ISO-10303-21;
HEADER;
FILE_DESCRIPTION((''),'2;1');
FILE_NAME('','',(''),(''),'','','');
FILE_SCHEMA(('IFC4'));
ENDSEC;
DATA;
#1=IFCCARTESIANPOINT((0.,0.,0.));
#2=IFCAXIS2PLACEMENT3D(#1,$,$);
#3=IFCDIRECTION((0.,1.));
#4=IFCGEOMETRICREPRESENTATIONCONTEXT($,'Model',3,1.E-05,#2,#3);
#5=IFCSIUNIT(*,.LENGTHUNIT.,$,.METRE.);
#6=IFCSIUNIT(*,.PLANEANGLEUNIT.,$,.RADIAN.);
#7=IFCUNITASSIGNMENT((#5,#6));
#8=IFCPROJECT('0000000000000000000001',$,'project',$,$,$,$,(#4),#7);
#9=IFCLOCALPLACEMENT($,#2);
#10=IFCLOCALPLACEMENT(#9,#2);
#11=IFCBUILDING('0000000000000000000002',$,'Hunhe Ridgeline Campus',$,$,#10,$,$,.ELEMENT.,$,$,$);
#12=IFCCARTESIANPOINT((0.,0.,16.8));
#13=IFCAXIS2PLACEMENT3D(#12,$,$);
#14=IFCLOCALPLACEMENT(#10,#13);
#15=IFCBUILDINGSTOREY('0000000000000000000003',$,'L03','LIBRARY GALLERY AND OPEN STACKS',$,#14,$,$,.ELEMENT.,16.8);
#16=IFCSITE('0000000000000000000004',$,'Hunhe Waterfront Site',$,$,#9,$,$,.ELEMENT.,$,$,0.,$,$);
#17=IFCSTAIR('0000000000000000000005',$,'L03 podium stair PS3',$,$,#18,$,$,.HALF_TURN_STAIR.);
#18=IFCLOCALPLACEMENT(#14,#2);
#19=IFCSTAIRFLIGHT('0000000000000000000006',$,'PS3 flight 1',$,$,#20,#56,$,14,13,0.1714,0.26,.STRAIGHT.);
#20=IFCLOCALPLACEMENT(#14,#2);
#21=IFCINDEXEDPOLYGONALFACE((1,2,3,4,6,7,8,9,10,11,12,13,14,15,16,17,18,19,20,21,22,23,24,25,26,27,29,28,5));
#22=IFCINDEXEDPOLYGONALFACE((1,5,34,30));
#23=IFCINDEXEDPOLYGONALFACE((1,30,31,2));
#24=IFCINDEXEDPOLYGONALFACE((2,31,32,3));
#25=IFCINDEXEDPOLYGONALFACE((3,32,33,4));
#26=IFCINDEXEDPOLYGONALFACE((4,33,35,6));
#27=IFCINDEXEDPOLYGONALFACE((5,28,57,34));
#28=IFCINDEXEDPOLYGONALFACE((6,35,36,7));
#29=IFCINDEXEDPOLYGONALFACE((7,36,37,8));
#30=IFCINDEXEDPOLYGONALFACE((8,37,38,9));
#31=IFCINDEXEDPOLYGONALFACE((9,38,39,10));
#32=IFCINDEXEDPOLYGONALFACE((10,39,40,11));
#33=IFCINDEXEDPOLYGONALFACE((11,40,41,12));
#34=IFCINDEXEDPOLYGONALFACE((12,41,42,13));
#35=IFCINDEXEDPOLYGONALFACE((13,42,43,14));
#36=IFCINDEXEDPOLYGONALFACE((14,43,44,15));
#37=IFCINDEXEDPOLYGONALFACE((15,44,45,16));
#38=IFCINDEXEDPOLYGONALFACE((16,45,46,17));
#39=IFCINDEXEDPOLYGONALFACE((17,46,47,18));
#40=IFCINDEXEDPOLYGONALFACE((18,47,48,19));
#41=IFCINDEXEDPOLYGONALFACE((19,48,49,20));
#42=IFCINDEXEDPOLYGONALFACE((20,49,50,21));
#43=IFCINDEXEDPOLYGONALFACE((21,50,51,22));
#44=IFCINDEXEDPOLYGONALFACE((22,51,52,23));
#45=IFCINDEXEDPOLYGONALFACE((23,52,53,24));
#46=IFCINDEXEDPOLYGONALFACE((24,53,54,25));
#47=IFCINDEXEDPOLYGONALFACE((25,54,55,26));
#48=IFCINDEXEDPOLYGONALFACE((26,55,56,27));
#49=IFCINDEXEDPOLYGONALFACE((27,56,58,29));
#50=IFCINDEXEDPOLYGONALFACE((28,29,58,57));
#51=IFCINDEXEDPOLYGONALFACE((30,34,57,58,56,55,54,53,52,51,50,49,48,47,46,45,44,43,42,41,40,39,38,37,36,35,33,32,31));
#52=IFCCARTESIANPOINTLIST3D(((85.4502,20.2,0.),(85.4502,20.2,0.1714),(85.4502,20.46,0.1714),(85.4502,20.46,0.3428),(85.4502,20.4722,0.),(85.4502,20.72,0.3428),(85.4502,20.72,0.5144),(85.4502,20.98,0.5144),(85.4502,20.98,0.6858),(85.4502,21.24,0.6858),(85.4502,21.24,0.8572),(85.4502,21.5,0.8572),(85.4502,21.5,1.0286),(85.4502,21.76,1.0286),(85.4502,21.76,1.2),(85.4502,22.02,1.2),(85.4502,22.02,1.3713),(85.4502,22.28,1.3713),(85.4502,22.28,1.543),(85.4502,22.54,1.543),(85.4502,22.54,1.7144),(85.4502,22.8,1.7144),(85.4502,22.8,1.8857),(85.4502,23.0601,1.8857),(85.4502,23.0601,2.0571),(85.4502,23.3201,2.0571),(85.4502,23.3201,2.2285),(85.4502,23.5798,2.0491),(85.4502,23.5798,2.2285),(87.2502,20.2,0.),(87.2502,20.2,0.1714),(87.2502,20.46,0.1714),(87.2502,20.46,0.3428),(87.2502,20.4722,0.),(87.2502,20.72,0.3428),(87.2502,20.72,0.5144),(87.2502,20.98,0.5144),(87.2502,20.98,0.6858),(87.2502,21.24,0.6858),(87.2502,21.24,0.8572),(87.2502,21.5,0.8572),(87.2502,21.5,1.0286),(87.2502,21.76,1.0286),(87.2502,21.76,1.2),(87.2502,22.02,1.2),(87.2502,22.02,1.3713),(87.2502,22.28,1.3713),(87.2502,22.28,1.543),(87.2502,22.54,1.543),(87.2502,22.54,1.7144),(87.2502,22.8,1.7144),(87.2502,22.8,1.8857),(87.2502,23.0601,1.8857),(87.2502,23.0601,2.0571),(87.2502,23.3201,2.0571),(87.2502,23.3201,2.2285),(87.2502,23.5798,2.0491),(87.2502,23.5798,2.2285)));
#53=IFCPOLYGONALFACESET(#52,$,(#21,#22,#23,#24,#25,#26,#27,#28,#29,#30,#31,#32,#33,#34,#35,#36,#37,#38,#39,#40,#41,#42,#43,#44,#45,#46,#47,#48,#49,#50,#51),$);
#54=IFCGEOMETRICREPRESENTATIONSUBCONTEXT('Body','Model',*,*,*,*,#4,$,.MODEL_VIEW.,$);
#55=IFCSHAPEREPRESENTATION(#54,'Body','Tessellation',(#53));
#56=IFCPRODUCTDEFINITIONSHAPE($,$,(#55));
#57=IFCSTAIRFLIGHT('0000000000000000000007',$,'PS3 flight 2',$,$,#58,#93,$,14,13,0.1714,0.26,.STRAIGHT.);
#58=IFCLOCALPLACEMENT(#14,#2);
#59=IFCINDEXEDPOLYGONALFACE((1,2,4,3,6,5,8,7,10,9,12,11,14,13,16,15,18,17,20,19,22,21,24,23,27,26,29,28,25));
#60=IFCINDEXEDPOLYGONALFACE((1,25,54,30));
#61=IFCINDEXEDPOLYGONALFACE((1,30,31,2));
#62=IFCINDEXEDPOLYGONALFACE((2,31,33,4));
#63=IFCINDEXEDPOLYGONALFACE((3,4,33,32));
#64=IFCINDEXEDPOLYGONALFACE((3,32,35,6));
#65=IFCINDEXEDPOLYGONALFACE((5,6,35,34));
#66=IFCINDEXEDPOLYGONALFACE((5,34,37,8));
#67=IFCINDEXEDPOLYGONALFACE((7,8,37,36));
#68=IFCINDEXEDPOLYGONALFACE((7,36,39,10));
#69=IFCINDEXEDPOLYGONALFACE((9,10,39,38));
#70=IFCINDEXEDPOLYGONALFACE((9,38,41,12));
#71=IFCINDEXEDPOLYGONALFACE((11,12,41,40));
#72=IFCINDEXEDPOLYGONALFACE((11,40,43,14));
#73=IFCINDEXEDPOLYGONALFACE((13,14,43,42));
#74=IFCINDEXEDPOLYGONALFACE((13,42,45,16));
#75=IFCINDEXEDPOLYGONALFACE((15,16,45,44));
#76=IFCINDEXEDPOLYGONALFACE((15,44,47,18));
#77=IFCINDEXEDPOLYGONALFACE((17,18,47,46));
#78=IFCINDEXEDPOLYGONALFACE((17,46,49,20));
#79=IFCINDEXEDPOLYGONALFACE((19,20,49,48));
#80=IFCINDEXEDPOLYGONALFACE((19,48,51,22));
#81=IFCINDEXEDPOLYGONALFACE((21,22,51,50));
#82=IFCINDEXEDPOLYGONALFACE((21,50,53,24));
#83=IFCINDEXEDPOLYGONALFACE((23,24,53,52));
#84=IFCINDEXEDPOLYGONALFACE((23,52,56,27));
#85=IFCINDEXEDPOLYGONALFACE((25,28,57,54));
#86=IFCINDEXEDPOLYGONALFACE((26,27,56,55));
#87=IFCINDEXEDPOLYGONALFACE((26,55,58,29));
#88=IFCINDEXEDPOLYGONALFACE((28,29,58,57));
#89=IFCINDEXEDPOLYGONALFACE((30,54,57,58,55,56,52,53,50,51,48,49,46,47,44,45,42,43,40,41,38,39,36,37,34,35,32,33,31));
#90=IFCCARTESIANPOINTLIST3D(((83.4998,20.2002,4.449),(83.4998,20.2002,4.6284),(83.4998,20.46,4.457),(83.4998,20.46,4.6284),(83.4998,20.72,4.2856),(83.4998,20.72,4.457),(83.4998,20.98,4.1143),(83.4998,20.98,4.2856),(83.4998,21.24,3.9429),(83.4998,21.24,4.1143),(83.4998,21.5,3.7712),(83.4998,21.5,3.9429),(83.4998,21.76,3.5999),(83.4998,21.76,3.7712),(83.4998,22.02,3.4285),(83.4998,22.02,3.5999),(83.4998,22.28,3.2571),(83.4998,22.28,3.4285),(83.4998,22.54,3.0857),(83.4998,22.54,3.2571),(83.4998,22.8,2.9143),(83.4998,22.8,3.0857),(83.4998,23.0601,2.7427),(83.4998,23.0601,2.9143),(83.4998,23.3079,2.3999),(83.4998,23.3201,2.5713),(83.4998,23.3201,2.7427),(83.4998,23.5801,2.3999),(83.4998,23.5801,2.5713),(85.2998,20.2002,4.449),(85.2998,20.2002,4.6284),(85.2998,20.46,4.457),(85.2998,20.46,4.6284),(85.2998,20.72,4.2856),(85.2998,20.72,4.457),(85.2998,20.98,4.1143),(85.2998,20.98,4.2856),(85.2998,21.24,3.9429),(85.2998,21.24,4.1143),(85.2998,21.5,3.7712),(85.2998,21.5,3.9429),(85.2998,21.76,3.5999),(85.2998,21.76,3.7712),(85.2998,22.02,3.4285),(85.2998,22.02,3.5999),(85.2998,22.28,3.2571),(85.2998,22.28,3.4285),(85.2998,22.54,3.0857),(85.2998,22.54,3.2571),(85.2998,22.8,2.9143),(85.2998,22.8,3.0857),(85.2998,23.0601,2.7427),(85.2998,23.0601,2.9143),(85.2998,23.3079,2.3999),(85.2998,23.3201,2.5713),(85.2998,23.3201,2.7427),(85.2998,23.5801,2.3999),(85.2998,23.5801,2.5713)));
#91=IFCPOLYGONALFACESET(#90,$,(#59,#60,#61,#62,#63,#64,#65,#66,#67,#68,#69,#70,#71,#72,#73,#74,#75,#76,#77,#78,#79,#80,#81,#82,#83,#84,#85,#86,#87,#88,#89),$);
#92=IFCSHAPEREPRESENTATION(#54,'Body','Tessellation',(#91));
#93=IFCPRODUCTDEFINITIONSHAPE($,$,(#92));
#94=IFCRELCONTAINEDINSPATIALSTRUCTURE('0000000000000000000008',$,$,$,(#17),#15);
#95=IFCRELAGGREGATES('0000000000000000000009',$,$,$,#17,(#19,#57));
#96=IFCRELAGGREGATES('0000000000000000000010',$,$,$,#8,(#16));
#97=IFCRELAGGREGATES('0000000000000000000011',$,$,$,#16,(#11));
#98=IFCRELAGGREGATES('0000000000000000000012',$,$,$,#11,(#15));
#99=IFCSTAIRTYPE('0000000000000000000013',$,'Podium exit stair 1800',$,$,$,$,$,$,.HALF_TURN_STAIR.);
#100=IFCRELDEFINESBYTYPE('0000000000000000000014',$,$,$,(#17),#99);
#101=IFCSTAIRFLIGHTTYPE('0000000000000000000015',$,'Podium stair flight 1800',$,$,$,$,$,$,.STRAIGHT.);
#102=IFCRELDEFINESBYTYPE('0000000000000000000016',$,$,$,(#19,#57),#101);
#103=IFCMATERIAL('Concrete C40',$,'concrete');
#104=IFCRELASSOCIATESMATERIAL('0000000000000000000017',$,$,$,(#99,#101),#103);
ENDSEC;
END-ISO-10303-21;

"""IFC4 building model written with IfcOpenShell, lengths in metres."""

from ifc_helpers import new_model, si_unit, direction, frame, origin, place, context, subcontext, project, spatial, polyline, outline, extrude, material, type_object, element, aggregate, save


model = new_model("IFC4")

# Units and contexts
model_context = context("Model", 3, precision=1e-05, world=origin(), true_north=direction((0.0, 1.0)))
body_context = subcontext(model_context, "Body", "Model", "MODEL_VIEW")
ifc_project = project(units=[si_unit("LENGTHUNIT", "METRE"), si_unit("PLANEANGLEUNIT", "RADIAN")], contexts=[model_context])

# Site, building, storey
site_placement = place(None, origin())
site = spatial("IfcSite", under=ifc_project, at=site_placement, Name="Hunhe Waterfront Site", CompositionType="ELEMENT", RefElevation=0.0)
building_placement = place(site_placement, origin())
building = spatial("IfcBuilding", under=site, at=building_placement, Name="Hunhe Ridgeline Campus", CompositionType="ELEMENT")
storey_placement = place(building_placement, frame((0.0, 0.0, 16.8)))
storey = spatial("IfcBuildingStorey", under=building, at=storey_placement, Name="L03", Description="LIBRARY GALLERY AND OPEN STACKS", CompositionType="ELEMENT", Elevation=16.8)

# Shared definitions
ifc_material_1 = material(Name="Concrete C40", Category="concrete")

# Stair, stair flights
stair_type = type_object("IfcStairType", Name="Podium exit stair 1800", PredefinedType="HALF_TURN_STAIR", material=ifc_material_1)
stair_placement = place(storey_placement, origin())
stair = element("IfcStair", 1, at=stair_placement, inside=storey, type_object=stair_type, Name="L03 podium stair PS3", PredefinedType="HALF_TURN_STAIR")
stair_flight_type = type_object("IfcStairFlightType", Name="Podium stair flight 1800", PredefinedType="STRAIGHT", material=ifc_material_1)
stair_flight_1_placement = place(storey_placement, frame((86.3501, 20.2, 0.0), z_axis=(0.0, 0.0, 1.0), x_axis=(0.0, 1.0, 0.0)))
stair_flight_1 = element("IfcStairFlight", 2, at=stair_flight_1_placement, type_object=stair_flight_type, Name="PS3 flight 1", NumberOfRisers=14, NumberOfTreads=13, PredefinedType="STRAIGHT", RiserHeight=0.1714, TreadLength=0.26, context=body_context, shape_type="SweptSolid", body=[
    extrude(outline(polyline([(0.0, 0.0), (0.0, 0.1714), (0.26, 0.1714), (0.26, 0.3428), (0.52, 0.3428), (0.52, 0.5144), (0.78, 0.5144), (0.78, 0.6858), (1.04, 0.6858), (1.04, 0.8572), (1.3, 0.8572), (1.3, 1.0286), (1.5601, 1.0286), (1.5601, 1.2), (1.8201, 1.2), (1.8201, 1.3713), (2.0801, 1.3713), (2.0801, 1.543), (2.3401, 1.543), (2.3401, 1.7144), (2.6001, 1.7144), (2.6001, 1.8857), (2.8601, 1.8857), (2.8601, 2.0571), (3.1201, 2.0571), (3.1201, 2.2285), (3.3799, 2.2285), (3.3799, 2.3999), (3.3799, 2.0491), (0.2722, 0.0), (0.0, 0.0)])), frame((0.0, 0.8999, 0.0), z_axis=(0.0, -1.0, 0.0), x_axis=(1.0, 0.0, 0.0)), (0.0, 0.0, 1.0), 1.8),
])
stair_flight_2_placement = place(storey_placement, frame((84.3999, 23.5801, 2.3999), z_axis=(0.0, 0.0, 1.0), x_axis=(0.0, -1.0, 0.0)))
stair_flight_2 = element("IfcStairFlight", 3, at=stair_flight_2_placement, type_object=stair_flight_type, Name="PS3 flight 2", NumberOfRisers=14, NumberOfTreads=13, PredefinedType="STRAIGHT", RiserHeight=0.1714, TreadLength=0.26, context=body_context, shape_type="SweptSolid", body=[
    extrude(outline(polyline([(0.0, 0.0), (0.0, 0.1714), (0.26, 0.1714), (0.26, 0.3428), (0.52, 0.3428), (0.52, 0.5144), (0.78, 0.5144), (0.78, 0.6858), (1.04, 0.6858), (1.04, 0.8572), (1.3, 0.8572), (1.3, 1.0286), (1.5601, 1.0286), (1.5601, 1.2), (1.8201, 1.2), (1.8201, 1.3713), (2.0801, 1.3713), (2.0801, 1.543), (2.3401, 1.543), (2.3401, 1.7144), (2.6001, 1.7144), (2.6001, 1.8857), (2.8601, 1.8857), (2.8601, 2.0571), (3.1201, 2.0571), (3.1201, 2.2285), (3.3799, 2.2285), (3.3799, 2.3999), (3.3799, 2.0491), (0.2722, 0.0), (0.0, 0.0)])), frame((0.0, 0.8999, 0.0), z_axis=(0.0, -1.0, 0.0), x_axis=(1.0, 0.0, 0.0)), (0.0, 0.0, 1.0), 1.8),
])
aggregate(stair, [stair_flight_1, stair_flight_2])

save(model, "model.ifc")
